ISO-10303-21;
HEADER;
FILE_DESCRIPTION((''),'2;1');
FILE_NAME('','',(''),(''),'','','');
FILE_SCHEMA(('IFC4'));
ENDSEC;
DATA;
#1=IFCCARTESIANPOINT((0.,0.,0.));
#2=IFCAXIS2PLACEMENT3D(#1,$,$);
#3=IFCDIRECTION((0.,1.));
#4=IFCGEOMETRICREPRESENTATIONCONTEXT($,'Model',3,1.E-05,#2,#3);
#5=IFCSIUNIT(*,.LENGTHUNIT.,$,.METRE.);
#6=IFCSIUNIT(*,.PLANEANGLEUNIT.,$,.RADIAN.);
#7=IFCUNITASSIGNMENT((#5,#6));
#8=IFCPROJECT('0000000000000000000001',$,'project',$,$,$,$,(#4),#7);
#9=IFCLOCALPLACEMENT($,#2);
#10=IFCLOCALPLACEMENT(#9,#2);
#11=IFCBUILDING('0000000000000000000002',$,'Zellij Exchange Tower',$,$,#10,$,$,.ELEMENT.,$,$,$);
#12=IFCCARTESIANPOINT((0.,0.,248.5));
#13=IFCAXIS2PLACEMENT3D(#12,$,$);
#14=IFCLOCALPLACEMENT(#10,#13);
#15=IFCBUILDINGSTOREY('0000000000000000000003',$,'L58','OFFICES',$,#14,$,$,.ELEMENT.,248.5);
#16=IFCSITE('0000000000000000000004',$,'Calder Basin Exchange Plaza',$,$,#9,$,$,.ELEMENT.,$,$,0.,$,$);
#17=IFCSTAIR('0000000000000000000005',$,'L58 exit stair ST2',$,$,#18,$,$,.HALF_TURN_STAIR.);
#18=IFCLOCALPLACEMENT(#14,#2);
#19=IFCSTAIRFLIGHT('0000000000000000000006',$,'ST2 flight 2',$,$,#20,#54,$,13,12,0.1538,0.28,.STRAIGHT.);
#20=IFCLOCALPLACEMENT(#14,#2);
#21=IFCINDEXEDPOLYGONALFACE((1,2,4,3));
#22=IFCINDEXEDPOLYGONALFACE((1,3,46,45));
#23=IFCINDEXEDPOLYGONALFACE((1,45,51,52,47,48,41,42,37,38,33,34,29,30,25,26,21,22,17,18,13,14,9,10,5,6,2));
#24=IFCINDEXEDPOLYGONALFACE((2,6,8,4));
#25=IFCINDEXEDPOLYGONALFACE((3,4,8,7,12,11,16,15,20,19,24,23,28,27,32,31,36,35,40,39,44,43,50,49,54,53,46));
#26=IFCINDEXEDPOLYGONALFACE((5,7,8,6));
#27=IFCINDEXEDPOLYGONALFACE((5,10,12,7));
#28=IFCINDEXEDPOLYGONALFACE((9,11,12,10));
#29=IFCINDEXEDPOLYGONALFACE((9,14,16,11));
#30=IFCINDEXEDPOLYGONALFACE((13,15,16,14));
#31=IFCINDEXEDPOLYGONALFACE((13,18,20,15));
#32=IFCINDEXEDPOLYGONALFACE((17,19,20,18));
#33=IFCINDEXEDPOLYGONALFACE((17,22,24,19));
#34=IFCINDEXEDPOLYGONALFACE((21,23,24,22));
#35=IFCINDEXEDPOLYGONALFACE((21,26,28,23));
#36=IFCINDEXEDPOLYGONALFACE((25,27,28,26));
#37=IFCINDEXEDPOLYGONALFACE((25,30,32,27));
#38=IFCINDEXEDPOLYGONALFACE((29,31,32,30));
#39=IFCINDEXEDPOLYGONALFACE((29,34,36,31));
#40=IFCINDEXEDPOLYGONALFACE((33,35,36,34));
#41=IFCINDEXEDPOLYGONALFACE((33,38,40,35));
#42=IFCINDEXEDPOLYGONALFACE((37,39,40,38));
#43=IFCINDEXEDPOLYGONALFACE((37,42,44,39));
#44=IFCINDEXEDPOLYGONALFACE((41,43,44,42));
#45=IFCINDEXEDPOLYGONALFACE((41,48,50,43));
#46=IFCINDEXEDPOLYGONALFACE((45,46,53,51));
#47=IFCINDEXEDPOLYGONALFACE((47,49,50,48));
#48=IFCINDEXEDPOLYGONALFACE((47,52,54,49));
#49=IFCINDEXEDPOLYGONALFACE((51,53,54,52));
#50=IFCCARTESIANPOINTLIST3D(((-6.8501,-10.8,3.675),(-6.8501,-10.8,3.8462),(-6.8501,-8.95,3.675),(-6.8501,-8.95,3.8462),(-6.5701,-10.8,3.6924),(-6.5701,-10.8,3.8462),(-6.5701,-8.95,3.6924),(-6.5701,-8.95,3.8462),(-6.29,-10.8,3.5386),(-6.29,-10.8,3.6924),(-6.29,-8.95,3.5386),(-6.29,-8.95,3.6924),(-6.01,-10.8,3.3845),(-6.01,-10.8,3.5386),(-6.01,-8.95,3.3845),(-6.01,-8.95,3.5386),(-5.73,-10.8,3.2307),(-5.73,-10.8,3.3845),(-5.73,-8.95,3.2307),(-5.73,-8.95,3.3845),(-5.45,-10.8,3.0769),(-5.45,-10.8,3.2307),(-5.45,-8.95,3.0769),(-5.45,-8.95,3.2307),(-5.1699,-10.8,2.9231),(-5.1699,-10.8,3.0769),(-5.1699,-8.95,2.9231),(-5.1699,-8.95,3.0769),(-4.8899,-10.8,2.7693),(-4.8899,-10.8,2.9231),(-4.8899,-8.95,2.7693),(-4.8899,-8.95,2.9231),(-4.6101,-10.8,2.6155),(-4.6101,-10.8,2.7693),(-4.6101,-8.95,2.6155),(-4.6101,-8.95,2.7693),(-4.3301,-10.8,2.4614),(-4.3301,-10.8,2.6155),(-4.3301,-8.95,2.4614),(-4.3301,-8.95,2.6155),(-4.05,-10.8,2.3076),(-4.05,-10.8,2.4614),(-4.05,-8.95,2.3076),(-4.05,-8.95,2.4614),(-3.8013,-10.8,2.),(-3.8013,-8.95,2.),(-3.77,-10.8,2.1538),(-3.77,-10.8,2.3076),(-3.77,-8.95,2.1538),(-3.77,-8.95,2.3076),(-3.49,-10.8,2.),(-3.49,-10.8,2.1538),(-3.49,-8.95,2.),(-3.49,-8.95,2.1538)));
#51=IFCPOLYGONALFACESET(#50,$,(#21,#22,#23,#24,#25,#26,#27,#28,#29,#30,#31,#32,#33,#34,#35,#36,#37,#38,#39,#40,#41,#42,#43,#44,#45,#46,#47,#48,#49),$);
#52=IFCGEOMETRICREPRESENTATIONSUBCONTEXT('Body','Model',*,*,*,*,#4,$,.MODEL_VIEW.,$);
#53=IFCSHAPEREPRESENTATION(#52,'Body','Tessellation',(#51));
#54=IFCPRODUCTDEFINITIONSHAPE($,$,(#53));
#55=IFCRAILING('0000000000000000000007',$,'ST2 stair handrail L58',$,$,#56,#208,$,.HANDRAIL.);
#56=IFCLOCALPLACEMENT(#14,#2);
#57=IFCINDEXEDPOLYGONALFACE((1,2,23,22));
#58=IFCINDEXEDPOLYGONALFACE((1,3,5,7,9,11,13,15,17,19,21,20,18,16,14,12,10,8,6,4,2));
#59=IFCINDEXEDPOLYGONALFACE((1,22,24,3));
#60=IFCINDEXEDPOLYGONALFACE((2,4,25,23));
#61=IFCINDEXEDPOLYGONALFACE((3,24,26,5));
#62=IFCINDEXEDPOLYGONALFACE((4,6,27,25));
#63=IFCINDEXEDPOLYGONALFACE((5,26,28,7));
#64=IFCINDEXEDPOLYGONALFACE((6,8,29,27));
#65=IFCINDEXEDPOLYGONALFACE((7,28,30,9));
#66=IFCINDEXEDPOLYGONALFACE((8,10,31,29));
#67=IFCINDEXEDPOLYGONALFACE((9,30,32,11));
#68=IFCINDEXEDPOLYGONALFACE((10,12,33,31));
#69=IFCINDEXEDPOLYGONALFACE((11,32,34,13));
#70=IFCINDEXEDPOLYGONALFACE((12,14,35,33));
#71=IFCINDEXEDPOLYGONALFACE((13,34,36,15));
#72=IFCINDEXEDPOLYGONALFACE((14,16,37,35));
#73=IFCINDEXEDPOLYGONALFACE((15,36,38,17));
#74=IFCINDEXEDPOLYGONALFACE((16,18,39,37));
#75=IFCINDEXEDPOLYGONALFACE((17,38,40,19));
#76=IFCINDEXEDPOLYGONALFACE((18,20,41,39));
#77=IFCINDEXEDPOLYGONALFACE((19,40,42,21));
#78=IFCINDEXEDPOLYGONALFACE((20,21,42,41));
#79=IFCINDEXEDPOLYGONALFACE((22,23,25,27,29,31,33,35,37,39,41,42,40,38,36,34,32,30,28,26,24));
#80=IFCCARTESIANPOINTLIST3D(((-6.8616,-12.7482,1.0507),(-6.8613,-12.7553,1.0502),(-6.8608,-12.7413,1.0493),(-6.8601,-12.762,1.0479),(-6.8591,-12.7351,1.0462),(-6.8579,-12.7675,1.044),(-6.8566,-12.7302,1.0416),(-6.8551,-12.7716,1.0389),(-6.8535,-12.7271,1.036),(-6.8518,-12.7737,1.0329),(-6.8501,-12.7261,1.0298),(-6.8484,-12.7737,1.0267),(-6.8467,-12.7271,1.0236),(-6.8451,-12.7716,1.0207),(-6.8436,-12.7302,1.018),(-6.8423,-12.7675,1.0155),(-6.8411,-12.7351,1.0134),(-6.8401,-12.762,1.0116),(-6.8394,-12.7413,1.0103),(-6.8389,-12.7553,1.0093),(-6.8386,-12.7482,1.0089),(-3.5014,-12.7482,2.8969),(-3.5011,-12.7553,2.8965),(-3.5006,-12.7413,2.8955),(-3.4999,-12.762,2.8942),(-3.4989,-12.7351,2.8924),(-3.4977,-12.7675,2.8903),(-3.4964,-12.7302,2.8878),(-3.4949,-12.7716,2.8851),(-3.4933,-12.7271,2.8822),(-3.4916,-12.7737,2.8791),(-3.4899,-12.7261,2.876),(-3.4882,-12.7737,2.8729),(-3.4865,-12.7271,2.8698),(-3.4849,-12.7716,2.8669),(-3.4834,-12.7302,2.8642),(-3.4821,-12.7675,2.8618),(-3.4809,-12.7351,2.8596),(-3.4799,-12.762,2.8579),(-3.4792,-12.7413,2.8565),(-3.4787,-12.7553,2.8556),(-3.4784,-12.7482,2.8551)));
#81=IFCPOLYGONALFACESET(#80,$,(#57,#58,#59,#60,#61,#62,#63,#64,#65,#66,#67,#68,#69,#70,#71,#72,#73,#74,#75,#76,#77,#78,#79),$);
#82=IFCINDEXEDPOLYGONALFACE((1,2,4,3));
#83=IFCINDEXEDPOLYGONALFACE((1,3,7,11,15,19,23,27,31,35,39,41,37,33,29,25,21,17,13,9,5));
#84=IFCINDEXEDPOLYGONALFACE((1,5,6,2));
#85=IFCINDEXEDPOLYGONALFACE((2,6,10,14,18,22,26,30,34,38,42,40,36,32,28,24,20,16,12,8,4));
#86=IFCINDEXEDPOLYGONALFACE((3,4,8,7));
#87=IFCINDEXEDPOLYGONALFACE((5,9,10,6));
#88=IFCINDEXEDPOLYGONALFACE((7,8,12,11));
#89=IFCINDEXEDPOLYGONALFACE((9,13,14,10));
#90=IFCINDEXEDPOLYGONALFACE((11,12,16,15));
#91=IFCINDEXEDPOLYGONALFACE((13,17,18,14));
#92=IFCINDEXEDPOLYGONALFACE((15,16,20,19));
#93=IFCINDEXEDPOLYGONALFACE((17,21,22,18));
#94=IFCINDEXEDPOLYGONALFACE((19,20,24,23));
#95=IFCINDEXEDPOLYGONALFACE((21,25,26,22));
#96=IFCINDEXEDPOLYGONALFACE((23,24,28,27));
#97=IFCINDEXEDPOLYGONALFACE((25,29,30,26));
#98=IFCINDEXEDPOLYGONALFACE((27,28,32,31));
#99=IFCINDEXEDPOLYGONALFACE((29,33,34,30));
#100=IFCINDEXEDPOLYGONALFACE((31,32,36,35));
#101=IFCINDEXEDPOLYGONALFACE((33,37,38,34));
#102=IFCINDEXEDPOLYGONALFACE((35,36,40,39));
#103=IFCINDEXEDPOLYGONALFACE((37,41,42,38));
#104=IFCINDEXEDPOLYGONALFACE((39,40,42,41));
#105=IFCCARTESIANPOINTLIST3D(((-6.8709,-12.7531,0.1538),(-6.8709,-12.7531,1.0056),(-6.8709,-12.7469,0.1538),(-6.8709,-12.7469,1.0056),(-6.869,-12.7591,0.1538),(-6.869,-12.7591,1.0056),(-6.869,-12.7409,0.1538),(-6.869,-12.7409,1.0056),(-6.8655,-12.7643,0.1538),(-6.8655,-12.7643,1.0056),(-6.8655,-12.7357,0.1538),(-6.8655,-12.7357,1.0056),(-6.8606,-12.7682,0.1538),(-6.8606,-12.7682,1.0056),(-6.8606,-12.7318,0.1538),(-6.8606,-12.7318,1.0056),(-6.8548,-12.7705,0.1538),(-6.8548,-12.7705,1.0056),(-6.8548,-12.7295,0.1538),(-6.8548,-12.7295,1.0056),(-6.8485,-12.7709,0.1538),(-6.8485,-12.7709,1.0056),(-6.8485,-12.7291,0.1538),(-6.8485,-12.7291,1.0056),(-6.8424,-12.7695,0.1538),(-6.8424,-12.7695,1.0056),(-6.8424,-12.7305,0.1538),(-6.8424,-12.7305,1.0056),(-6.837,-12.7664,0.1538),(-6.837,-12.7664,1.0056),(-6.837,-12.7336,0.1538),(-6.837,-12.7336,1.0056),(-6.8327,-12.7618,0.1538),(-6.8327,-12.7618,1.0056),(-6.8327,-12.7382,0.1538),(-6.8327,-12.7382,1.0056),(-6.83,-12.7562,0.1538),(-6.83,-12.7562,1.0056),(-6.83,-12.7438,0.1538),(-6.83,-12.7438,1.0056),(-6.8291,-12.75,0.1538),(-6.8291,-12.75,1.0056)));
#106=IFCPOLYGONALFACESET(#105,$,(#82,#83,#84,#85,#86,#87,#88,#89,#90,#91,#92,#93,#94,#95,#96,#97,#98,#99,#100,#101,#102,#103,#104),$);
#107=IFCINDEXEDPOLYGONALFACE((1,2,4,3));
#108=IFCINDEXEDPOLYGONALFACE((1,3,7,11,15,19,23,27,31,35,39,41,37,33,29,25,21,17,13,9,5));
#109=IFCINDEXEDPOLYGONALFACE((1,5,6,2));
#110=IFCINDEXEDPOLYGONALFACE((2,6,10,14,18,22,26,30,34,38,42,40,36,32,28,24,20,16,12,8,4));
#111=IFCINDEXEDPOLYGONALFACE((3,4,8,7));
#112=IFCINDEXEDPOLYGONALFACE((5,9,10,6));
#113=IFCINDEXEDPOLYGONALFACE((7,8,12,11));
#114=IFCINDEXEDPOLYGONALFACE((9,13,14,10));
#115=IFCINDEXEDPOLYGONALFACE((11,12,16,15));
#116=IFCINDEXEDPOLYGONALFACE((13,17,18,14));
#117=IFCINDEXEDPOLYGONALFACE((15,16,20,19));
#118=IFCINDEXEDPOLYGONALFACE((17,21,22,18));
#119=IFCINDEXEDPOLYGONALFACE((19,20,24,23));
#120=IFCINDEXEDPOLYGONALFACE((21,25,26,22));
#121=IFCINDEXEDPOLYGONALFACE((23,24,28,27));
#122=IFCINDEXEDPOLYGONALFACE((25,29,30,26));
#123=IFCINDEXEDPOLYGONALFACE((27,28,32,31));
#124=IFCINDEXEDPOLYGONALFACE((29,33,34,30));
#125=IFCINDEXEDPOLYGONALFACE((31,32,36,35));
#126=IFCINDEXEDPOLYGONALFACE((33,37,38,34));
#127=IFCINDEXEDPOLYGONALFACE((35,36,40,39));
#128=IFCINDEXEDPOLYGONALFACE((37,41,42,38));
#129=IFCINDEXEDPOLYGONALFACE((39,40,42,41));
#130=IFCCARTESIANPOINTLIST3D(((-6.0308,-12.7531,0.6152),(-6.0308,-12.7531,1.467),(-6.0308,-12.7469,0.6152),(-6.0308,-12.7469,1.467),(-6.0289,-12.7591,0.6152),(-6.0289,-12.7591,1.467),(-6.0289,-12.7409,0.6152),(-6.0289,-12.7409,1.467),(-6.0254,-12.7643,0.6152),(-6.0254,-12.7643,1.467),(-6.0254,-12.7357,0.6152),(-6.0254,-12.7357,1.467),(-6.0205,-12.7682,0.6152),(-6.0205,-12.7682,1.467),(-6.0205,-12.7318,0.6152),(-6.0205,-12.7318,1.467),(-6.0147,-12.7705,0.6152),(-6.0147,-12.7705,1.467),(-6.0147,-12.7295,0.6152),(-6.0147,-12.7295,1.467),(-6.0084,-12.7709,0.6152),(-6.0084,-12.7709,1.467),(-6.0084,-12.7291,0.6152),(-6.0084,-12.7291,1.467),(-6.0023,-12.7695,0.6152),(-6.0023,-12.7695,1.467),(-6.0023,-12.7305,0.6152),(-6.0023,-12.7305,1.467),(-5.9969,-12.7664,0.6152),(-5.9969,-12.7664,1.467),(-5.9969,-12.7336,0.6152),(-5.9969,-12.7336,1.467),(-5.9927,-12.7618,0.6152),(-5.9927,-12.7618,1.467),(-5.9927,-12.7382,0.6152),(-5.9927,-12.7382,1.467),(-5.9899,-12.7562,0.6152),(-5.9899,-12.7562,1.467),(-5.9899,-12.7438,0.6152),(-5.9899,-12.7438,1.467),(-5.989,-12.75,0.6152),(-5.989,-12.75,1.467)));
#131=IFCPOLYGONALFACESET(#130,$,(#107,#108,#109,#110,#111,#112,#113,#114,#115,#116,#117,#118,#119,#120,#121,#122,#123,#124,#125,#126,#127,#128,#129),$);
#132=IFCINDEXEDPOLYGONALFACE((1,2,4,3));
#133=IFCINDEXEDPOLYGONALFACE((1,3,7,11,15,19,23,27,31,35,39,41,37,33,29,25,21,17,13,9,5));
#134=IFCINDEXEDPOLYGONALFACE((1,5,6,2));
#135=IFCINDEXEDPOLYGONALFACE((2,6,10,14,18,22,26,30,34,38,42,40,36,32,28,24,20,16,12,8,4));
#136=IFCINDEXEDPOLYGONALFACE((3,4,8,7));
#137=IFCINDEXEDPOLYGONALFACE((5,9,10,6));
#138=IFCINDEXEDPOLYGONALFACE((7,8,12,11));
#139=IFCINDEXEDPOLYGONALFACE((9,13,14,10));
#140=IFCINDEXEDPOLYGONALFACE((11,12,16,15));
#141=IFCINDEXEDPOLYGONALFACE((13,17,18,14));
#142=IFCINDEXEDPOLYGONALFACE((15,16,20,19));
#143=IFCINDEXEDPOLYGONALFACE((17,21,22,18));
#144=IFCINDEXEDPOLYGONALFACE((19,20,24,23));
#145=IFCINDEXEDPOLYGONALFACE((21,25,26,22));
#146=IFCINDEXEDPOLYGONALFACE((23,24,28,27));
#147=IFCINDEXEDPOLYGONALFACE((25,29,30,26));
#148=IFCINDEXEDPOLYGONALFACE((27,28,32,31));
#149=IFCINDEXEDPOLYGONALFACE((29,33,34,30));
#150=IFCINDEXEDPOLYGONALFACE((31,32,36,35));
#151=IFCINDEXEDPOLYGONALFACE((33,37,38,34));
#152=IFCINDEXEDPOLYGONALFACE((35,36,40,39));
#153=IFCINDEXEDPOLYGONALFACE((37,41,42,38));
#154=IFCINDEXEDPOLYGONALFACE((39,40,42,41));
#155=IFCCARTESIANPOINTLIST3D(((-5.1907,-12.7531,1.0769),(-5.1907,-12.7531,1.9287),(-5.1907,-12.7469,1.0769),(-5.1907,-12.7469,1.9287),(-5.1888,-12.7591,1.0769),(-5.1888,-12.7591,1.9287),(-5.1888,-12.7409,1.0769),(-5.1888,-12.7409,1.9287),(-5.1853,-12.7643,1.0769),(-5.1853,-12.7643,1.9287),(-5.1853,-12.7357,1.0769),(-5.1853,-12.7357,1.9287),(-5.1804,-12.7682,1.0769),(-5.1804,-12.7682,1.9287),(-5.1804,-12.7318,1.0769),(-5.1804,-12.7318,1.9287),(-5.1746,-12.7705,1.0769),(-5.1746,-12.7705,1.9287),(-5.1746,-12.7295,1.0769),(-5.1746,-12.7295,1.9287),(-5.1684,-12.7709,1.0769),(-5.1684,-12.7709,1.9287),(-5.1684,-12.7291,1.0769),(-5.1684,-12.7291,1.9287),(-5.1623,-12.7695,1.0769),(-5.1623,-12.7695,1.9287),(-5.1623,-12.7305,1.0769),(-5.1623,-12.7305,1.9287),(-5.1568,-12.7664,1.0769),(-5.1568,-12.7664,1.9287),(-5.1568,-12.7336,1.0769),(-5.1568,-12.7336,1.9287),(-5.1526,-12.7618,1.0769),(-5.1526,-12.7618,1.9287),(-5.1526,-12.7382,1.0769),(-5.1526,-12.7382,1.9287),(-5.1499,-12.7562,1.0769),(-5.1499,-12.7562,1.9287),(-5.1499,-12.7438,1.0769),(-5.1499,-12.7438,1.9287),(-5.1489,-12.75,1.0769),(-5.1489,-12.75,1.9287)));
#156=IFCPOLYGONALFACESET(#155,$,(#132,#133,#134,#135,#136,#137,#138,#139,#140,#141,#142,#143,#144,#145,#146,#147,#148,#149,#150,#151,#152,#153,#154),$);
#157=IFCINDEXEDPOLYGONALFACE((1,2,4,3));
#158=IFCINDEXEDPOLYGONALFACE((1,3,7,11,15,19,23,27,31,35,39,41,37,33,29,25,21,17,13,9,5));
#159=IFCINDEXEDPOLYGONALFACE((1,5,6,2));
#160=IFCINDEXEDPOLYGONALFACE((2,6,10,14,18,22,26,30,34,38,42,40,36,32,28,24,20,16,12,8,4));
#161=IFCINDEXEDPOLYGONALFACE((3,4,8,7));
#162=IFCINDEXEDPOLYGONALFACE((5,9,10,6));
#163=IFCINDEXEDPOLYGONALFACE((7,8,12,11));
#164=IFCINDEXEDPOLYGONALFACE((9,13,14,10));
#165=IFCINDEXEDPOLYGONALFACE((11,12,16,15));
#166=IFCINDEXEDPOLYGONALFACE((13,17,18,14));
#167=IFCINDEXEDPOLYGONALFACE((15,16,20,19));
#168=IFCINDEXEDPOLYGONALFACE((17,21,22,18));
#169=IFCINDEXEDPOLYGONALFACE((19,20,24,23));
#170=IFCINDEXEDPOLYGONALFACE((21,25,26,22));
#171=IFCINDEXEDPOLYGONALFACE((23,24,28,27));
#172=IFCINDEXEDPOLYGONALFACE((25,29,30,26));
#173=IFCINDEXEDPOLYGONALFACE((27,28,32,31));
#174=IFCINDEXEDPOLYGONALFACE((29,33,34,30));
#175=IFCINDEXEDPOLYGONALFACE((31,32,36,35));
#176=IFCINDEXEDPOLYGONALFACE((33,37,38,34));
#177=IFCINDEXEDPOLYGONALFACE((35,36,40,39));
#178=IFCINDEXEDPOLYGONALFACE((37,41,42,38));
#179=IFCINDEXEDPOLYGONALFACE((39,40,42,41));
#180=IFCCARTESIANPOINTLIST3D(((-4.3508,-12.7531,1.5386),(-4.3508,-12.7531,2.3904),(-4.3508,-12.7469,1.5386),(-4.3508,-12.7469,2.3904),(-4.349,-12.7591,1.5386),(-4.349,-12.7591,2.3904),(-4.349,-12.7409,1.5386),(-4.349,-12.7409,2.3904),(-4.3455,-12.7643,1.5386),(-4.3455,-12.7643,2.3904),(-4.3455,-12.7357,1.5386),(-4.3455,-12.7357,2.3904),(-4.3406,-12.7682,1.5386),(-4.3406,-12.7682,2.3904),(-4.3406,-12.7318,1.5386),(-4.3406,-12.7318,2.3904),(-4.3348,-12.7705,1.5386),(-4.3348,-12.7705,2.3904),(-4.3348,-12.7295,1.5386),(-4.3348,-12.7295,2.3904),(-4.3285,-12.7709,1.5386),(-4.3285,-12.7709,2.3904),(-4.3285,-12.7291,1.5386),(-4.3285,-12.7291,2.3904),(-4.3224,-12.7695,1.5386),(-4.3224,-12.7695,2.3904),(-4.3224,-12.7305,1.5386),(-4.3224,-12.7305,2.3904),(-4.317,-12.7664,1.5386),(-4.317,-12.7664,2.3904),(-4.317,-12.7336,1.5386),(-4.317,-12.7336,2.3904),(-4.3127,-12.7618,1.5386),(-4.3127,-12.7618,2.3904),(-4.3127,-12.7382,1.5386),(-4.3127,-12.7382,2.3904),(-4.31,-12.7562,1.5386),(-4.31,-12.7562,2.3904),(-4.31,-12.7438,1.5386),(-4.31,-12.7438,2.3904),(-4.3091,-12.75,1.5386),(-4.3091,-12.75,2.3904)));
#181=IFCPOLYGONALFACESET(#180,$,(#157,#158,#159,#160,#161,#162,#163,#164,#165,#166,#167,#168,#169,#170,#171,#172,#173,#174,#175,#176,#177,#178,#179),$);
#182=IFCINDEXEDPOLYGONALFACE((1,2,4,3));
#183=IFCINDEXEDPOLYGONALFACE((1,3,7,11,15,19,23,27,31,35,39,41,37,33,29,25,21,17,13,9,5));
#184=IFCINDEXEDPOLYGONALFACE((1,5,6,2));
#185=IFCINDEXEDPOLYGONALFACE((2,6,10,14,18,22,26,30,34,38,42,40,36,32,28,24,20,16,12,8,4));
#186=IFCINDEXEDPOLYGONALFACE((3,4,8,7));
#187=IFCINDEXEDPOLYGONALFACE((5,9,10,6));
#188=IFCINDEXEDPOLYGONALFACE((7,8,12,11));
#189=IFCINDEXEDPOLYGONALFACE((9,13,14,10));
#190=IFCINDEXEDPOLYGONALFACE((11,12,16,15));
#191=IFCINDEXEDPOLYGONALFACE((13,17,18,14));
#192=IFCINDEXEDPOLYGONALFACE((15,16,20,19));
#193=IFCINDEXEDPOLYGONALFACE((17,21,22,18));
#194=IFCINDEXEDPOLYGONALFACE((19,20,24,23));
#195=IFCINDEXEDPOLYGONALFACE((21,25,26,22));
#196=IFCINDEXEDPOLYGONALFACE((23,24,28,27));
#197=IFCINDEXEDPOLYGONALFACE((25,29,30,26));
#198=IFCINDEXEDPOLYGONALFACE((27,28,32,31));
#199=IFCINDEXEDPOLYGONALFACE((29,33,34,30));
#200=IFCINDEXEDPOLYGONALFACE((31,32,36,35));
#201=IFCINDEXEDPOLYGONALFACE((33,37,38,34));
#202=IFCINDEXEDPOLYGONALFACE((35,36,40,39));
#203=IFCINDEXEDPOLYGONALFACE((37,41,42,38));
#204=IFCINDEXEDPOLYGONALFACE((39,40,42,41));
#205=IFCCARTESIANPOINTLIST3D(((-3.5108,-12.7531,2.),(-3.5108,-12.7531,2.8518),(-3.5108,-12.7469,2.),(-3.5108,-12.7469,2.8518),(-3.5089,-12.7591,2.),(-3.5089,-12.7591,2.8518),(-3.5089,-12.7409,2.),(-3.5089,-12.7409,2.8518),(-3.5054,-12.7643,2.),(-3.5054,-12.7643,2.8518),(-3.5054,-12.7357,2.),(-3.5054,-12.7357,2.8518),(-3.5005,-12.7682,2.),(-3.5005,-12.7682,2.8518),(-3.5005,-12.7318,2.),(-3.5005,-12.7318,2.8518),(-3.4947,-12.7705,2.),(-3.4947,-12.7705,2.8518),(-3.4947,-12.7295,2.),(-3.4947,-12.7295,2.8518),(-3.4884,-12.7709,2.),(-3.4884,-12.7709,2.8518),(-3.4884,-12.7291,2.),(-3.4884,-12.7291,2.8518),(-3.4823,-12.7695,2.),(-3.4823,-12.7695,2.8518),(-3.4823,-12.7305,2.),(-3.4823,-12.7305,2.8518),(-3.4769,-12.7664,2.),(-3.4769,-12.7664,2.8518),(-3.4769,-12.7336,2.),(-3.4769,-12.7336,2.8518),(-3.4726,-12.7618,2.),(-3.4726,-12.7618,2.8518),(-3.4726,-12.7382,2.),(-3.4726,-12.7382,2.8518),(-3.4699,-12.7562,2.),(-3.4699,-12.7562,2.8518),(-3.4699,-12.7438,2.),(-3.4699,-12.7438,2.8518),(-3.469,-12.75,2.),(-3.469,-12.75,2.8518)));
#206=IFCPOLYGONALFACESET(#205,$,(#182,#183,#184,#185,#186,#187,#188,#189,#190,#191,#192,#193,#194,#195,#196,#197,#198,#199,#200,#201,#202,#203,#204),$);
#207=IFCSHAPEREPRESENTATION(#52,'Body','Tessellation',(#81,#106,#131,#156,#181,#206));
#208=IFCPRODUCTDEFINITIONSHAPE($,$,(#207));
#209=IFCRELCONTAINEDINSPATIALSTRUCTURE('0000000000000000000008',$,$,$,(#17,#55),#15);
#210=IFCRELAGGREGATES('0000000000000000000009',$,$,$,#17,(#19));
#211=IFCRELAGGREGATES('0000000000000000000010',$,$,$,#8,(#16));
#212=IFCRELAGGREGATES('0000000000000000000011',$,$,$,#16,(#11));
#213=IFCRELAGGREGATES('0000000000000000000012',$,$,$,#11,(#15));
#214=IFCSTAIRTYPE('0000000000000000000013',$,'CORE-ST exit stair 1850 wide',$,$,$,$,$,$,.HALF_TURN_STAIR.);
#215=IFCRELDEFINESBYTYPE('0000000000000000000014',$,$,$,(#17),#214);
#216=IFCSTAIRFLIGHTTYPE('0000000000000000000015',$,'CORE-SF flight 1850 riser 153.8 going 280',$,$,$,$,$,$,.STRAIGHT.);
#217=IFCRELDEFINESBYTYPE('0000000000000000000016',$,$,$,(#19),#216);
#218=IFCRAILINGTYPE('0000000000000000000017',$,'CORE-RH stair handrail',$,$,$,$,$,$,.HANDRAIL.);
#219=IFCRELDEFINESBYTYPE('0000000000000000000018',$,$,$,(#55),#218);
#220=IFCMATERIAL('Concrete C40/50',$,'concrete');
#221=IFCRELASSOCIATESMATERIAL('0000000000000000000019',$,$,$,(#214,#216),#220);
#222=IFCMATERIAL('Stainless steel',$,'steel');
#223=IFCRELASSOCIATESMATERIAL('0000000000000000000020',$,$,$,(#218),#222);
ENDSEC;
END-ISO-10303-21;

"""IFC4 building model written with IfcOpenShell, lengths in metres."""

from ifc_helpers import new_model, si_unit, direction, frame, origin, origin_2d, place, context, subcontext, project, spatial, polyline, circle, outline, extrude, material, type_object, element, aggregate, save


model = new_model("IFC4")

# Units and contexts
model_context = context("Model", 3, precision=1e-05, world=origin(), true_north=direction((0.0, 1.0)))
body_context = subcontext(model_context, "Body", "Model", "MODEL_VIEW")
ifc_project = project(units=[si_unit("LENGTHUNIT", "METRE"), si_unit("PLANEANGLEUNIT", "RADIAN")], contexts=[model_context])

# Site, building, storey
site_placement = place(None, origin())
site = spatial("IfcSite", under=ifc_project, at=site_placement, Name="Calder Basin Exchange Plaza", CompositionType="ELEMENT", RefElevation=0.0)
building_placement = place(site_placement, origin())
building = spatial("IfcBuilding", under=site, at=building_placement, Name="Zellij Exchange Tower", CompositionType="ELEMENT")
storey_placement = place(building_placement, frame((0.0, 0.0, 248.5)))
storey = spatial("IfcBuildingStorey", under=building, at=storey_placement, Name="L58", Description="OFFICES", CompositionType="ELEMENT", Elevation=248.5)

# Shared definitions
ifc_material_1 = material(Name="Concrete C40/50", Category="concrete")

# Stair, stair flight
stair_type = type_object("IfcStairType", Name="CORE-ST exit stair 1850 wide", PredefinedType="HALF_TURN_STAIR", material=ifc_material_1)
stair_placement = place(storey_placement, origin())
stair = element("IfcStair", 1, at=stair_placement, inside=storey, type_object=stair_type, Name="L58 exit stair ST2", PredefinedType="HALF_TURN_STAIR")
stair_flight_type = type_object("IfcStairFlightType", Name="CORE-SF flight 1850 riser 153.8 going 280", PredefinedType="STRAIGHT", material=ifc_material_1)
stair_flight_1_placement = place(storey_placement, frame((-3.49, -9.875, 2.0), z_axis=(0.0, 0.0, 1.0), x_axis=(-1.0, 0.0, 0.0)))
stair_flight_1 = element("IfcStairFlight", 2, at=stair_flight_1_placement, type_object=stair_flight_type, Name="ST2 flight 2", NumberOfRisers=13, NumberOfTreads=12, PredefinedType="STRAIGHT", RiserHeight=0.1538, TreadLength=0.28, context=body_context, shape_type="SweptSolid", body=[
    extrude(outline(polyline([(0.0, 0.0), (0.0, 0.1538), (0.28, 0.1538), (0.28, 0.3076), (0.5601, 0.3076), (0.5601, 0.4614), (0.8401, 0.4614), (0.8401, 0.6155), (1.1201, 0.6155), (1.1201, 0.7693), (1.3999, 0.7693), (1.3999, 0.9231), (1.6799, 0.9231), (1.6799, 1.0769), (1.96, 1.0769), (1.96, 1.2307), (2.24, 1.2307), (2.24, 1.3845), (2.52, 1.3845), (2.52, 1.5386), (2.8, 1.5386), (2.8, 1.6924), (3.0801, 1.6924), (3.0801, 1.8462), (3.3601, 1.8462), (3.3601, 2.0), (3.3601, 1.675), (0.3113, 0.0), (0.0, 0.0)])), frame((0.0, 0.925, 0.0), z_axis=(0.0, -1.0, 0.0), x_axis=(1.0, 0.0, 0.0)), (0.0, 0.0, 1.0), 1.8501),
])
aggregate(stair, [stair_flight_1])

# Railing
ifc_material_2 = material(Name="Stainless steel", Category="steel")
railing_type_1 = type_object("IfcRailingType", Name="CORE-RH stair handrail", PredefinedType="HANDRAIL", material=ifc_material_2)
railing_1_placement = place(storey_placement, frame((-6.8501, -12.75, 0.1538)))
element("IfcRailing", 3, at=railing_1_placement, inside=storey, type_object=railing_type_1, Name="ST2 stair handrail L58", PredefinedType="HANDRAIL", context=body_context, shape_type="SweptSolid", body=[
    extrude(circle(Radius=0.0239, at=origin_2d()), frame((0.0, 0.0, 0.876), z_axis=(0.876422, 0.0, 0.481545), x_axis=(0.0, 1.0, 0.0)), (0.0, 0.0, 1.0), 3.834),
    extrude(circle(Radius=0.021, at=origin_2d()), origin(), (0.0, 0.0, 1.0), 0.8518),
    extrude(circle(Radius=0.021, at=origin_2d()), frame((0.8401, 0.0, 0.4614)), (0.0, 0.0, 1.0), 0.8518),
    extrude(circle(Radius=0.021, at=origin_2d()), frame((1.6802, 0.0, 0.9231)), (0.0, 0.0, 1.0), 0.8518),
    extrude(circle(Radius=0.021, at=origin_2d()), frame((2.52, 0.0, 1.3848)), (0.0, 0.0, 1.0), 0.8518),
    extrude(circle(Radius=0.021, at=origin_2d()), frame((3.3601, 0.0, 1.8462)), (0.0, 0.0, 1.0), 0.8518),
])

save(model, "model.ifc")
